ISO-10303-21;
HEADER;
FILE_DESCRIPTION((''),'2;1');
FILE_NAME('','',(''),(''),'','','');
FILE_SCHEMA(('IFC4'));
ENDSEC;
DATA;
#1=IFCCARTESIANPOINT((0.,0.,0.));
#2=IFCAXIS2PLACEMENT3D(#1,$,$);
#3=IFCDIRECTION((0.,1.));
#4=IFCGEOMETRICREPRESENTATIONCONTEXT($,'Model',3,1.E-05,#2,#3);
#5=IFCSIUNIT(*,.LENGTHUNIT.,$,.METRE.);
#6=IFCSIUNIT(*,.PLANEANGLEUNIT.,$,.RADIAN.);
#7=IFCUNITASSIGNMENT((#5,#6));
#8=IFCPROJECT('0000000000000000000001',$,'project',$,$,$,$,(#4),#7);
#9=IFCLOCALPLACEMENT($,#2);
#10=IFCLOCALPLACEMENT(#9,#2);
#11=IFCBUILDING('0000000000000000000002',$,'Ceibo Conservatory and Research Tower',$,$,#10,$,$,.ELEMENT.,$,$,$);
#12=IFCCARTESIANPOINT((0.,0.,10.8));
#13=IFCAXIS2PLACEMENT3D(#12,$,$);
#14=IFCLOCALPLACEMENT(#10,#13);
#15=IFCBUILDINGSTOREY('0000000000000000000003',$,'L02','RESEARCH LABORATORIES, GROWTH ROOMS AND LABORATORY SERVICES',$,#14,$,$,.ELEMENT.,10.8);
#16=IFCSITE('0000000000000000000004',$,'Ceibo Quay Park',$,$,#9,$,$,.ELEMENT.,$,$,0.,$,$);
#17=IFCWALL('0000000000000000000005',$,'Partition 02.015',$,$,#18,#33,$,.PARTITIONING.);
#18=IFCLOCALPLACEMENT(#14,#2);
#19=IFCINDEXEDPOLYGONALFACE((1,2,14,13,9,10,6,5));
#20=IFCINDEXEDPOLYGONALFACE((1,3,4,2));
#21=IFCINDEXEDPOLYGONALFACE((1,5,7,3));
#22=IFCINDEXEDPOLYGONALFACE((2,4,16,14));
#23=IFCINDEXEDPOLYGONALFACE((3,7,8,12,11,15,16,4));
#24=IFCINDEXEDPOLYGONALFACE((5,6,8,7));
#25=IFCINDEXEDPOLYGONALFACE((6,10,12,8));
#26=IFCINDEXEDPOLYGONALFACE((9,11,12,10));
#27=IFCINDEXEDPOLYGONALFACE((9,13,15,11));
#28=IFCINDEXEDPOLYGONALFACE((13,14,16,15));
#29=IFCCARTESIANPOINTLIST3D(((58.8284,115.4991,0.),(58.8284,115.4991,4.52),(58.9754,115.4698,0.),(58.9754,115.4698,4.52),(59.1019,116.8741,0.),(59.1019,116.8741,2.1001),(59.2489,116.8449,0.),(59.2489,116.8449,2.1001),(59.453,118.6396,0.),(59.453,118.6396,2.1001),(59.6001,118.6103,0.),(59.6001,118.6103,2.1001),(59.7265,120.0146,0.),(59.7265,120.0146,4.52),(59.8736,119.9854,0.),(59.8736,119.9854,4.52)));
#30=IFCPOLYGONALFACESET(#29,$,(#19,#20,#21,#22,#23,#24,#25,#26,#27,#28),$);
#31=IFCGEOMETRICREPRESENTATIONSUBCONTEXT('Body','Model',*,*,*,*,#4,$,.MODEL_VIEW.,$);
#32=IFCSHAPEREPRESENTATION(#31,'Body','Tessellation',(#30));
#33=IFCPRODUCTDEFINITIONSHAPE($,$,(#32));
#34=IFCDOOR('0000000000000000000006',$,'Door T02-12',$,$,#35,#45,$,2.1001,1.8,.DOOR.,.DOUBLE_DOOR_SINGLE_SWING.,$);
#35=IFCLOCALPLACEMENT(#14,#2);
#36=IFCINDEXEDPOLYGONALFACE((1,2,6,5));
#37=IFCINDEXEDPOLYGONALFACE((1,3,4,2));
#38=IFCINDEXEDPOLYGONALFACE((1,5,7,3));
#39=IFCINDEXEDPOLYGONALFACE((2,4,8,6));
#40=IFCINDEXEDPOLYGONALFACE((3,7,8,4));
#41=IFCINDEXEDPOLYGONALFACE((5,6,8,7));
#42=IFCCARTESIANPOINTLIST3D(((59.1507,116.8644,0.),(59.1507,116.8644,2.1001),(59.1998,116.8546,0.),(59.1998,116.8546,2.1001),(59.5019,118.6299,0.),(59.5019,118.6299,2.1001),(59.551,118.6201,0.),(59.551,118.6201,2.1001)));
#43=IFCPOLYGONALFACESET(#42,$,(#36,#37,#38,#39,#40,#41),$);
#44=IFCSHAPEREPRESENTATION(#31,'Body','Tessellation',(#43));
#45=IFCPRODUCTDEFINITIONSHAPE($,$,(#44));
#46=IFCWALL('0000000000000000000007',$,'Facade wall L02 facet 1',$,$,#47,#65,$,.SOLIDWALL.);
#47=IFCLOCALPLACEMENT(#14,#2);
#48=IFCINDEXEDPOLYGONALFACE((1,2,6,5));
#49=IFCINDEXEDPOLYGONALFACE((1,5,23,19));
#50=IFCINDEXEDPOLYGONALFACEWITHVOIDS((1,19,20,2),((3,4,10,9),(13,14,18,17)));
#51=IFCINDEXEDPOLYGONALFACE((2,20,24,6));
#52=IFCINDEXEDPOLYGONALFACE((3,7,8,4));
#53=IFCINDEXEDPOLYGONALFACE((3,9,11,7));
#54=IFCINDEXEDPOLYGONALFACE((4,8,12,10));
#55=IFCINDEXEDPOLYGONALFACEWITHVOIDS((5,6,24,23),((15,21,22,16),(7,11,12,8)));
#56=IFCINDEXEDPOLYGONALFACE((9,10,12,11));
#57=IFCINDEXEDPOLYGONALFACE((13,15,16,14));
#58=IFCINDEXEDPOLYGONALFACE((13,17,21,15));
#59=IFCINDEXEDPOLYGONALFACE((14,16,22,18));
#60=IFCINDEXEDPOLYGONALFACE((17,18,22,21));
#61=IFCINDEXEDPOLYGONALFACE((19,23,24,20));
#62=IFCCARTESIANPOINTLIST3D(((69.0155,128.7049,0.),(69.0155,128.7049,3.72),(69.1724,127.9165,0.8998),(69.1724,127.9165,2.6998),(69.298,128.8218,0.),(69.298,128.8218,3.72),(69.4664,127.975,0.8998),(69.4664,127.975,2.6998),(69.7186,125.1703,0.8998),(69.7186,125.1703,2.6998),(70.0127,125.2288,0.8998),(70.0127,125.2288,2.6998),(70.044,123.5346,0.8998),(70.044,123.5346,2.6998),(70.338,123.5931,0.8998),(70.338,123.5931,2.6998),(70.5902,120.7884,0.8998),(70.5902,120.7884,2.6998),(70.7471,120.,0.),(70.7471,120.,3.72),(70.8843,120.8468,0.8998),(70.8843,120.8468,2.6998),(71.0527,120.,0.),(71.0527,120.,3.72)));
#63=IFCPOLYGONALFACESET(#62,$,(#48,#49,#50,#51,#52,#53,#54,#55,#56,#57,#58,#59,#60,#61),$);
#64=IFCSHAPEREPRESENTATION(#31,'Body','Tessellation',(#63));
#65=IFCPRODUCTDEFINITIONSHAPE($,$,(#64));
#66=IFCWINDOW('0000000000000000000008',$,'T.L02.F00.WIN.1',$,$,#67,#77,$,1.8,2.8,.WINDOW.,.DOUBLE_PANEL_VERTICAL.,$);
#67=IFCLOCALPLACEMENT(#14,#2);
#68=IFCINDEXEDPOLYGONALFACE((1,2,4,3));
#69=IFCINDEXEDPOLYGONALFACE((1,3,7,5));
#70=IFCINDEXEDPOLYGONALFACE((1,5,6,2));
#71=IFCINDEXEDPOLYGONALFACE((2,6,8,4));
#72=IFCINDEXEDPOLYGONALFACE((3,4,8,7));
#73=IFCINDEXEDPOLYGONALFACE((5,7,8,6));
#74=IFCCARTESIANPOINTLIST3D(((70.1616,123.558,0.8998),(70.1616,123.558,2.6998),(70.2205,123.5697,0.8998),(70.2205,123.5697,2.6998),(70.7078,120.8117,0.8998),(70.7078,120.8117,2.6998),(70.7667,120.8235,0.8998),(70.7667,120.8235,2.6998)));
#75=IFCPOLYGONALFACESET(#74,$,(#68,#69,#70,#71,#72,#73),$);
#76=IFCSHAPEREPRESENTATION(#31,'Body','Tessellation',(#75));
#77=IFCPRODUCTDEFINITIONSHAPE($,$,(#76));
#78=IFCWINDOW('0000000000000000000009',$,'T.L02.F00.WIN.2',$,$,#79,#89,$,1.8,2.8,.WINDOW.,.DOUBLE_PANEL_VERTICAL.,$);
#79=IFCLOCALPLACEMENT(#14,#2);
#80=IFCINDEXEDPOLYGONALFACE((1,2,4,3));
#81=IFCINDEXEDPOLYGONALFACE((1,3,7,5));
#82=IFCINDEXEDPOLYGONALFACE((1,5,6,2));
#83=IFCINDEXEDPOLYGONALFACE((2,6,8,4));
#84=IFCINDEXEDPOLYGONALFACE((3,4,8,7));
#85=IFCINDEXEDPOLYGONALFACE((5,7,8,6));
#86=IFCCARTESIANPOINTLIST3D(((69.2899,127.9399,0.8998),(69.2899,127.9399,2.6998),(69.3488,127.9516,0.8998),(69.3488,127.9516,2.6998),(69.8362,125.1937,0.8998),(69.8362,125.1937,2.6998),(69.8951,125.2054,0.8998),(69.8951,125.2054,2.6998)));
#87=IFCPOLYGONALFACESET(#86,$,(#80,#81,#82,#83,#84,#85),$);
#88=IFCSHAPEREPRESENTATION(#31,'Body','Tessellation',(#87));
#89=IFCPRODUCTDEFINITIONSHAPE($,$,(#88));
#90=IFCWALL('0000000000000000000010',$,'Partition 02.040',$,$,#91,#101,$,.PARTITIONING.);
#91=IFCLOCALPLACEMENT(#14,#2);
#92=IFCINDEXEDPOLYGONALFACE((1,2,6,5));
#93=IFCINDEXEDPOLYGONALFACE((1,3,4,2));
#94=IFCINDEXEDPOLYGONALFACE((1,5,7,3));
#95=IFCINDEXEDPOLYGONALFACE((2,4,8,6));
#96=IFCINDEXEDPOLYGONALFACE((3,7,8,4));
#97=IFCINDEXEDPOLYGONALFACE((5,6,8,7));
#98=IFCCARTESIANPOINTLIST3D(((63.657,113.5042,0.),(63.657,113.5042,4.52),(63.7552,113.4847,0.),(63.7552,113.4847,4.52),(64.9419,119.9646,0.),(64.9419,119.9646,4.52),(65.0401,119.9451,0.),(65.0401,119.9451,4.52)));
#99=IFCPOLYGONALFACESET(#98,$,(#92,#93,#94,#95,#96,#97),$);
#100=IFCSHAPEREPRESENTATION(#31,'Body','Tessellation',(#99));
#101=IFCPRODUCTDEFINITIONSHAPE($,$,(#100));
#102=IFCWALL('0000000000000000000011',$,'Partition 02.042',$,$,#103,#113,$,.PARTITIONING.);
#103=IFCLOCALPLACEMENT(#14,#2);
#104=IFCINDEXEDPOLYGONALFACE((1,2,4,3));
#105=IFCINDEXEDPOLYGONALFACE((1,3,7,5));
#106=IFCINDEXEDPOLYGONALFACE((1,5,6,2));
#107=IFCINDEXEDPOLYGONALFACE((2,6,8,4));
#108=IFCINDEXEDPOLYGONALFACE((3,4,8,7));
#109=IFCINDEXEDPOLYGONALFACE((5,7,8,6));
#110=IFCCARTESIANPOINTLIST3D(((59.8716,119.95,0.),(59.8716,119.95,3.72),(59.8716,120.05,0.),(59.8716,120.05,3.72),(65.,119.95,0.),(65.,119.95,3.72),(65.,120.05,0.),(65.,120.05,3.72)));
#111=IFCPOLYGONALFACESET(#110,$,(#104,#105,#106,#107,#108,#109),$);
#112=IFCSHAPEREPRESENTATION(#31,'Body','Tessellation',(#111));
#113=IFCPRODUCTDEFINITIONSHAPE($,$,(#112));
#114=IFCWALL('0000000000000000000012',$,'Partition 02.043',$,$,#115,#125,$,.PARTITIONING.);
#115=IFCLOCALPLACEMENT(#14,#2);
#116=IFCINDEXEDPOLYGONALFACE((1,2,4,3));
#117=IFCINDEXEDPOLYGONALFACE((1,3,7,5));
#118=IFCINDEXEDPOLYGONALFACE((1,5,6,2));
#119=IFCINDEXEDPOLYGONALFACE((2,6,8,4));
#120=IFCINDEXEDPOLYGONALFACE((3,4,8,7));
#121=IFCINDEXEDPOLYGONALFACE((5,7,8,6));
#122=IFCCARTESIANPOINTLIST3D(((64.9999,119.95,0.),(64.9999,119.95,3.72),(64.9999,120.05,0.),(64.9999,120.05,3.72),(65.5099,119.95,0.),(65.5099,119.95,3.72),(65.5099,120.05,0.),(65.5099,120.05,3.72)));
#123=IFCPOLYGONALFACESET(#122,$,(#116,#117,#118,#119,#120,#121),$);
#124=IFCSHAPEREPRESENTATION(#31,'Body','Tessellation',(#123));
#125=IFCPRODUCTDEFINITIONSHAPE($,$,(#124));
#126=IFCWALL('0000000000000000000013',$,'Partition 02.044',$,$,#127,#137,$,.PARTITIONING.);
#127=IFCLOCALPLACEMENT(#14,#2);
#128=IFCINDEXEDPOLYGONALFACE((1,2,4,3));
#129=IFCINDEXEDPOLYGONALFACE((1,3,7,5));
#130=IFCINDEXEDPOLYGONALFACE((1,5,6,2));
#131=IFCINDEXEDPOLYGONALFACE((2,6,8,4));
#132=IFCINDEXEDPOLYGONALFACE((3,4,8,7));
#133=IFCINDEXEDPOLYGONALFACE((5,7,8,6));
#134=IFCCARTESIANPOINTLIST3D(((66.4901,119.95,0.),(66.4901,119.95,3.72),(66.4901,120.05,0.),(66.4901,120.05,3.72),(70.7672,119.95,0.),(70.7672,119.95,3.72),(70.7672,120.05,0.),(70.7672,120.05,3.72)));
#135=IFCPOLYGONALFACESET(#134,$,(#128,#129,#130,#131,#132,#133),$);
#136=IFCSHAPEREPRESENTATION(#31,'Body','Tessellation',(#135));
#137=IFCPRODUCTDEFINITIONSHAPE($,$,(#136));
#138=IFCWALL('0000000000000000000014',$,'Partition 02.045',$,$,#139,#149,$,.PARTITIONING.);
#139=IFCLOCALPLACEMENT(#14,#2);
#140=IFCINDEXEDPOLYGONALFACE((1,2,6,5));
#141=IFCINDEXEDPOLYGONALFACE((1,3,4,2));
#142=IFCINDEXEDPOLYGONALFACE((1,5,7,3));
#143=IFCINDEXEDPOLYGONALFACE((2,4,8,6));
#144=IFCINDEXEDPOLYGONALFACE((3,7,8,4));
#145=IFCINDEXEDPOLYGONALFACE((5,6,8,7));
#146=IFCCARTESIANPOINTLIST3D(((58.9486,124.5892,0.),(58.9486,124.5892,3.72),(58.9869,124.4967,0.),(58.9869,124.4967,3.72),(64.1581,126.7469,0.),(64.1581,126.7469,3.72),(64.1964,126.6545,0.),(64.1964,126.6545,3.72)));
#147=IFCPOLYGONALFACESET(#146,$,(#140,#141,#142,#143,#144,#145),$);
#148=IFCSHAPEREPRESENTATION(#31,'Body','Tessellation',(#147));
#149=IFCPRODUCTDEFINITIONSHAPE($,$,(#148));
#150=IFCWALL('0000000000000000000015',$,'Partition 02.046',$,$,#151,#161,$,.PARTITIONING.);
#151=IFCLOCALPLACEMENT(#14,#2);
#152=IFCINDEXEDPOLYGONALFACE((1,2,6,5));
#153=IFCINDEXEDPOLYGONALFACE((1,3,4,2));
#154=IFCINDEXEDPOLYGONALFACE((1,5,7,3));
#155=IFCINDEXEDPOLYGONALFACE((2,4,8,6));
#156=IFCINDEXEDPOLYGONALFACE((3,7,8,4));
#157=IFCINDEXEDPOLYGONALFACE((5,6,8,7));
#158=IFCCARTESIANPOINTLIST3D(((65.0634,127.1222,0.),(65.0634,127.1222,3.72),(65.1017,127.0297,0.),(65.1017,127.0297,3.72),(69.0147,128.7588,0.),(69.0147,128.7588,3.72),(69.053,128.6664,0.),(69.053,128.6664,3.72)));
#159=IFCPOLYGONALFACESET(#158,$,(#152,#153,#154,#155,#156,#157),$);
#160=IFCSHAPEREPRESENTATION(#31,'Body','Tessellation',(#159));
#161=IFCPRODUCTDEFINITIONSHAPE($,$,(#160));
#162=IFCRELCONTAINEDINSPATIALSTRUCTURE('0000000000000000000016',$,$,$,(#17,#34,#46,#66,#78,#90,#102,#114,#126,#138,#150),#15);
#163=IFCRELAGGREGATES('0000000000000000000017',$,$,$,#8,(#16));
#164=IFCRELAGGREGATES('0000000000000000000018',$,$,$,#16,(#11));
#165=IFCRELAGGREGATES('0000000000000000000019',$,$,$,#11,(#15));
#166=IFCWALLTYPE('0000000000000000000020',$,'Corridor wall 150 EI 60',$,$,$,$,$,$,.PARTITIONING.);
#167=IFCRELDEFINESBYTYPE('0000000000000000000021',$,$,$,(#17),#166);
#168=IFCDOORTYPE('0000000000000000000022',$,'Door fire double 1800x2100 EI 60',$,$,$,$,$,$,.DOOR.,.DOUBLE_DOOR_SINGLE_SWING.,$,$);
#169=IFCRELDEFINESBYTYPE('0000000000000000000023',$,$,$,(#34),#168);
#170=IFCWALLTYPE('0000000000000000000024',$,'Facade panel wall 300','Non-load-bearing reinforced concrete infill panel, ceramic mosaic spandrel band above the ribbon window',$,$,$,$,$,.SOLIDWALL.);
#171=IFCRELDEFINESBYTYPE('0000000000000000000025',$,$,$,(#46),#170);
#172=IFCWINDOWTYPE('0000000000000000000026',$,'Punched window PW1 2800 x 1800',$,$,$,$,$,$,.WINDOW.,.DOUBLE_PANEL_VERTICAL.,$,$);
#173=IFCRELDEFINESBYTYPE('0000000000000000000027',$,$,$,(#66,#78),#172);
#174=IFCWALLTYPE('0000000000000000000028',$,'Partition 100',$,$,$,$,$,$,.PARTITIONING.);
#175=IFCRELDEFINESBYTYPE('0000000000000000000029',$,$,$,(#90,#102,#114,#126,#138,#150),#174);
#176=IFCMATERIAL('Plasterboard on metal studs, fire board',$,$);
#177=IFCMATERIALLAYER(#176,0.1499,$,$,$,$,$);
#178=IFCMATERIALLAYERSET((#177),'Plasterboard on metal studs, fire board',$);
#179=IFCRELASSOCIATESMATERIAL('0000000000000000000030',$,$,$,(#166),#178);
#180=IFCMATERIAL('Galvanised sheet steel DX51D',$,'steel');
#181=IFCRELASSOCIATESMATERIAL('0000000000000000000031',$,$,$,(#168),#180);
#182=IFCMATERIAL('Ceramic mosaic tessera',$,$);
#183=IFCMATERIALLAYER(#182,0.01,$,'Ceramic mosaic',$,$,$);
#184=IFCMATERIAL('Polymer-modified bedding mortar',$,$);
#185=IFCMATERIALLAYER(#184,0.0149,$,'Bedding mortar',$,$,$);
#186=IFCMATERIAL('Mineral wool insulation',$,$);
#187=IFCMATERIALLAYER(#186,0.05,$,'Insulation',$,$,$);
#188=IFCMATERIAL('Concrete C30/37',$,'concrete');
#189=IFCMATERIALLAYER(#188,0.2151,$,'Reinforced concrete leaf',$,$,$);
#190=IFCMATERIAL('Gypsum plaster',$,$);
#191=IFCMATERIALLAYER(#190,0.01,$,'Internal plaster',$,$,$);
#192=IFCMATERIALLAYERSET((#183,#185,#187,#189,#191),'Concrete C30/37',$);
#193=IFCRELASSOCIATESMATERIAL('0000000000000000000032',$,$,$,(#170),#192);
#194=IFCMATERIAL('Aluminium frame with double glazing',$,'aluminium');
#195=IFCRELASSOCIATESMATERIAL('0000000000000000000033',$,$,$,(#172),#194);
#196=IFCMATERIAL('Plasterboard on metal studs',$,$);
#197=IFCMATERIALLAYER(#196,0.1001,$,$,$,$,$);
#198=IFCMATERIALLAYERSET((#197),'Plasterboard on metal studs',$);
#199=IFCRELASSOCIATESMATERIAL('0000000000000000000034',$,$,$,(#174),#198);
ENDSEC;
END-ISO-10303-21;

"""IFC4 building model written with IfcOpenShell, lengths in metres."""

from ifc_helpers import new_model, si_unit, direction, frame, frame_2d, origin, place, context, subcontext, project, spatial, polyline, rectangle, outline, extrude, material, layer, layer_set, type_object, element, fill, save


model = new_model("IFC4")

# Units and contexts
model_context = context("Model", 3, precision=1e-05, world=origin(), true_north=direction((0.0, 1.0)))
body_context = subcontext(model_context, "Body", "Model", "MODEL_VIEW")
ifc_project = project(units=[si_unit("LENGTHUNIT", "METRE"), si_unit("PLANEANGLEUNIT", "RADIAN")], contexts=[model_context])

# Site, building, storey
site_placement = place(None, origin())
site = spatial("IfcSite", under=ifc_project, at=site_placement, Name="Ceibo Quay Park", CompositionType="ELEMENT", RefElevation=0.0)
building_placement = place(site_placement, origin())
building = spatial("IfcBuilding", under=site, at=building_placement, Name="Ceibo Conservatory and Research Tower", CompositionType="ELEMENT")
storey_placement = place(building_placement, frame((0.0, 0.0, 10.8)))
storey = spatial("IfcBuildingStorey", under=building, at=storey_placement, Name="L02", Description="RESEARCH LABORATORIES, GROWTH ROOMS AND LABORATORY SERVICES", CompositionType="ELEMENT", Elevation=10.8)

# Wall, opening, door
ifc_material_1 = material(Name="Plasterboard on metal studs, fire board")
ifc_layer_1 = layer(ifc_material_1, 0.1499)
ifc_layer_set_1 = layer_set([ifc_layer_1], Name="Plasterboard on metal studs, fire board")
wall_type_1 = type_object("IfcWallType", Name="Corridor wall 150 EI 60", PredefinedType="PARTITIONING", material=ifc_layer_set_1)
wall_1_placement = place(storey_placement, frame((59.8, 120.0, 0.0), z_axis=(0.0, 0.0, 1.0), x_axis=(-0.195086, -0.980786, 0.0)))
wall_1 = element("IfcWall", 1, at=wall_1_placement, inside=storey, type_object=wall_type_1, Name="Partition 02.015", PredefinedType="PARTITIONING", context=body_context, shape_type="SweptSolid", body=[
    extrude(rectangle(XDim=4.604, YDim=0.1499, at=frame_2d((2.302, 0.0))), origin(), (0.0, 0.0, 1.0), 4.52),
])
opening_1_placement = place(wall_1_placement, frame((1.4021, 0.0, 0.0)))
opening_1 = element("IfcOpeningElement", 2, at=opening_1_placement, cuts=wall_1, PredefinedType="OPENING", context=body_context, shape_type="SweptSolid", body=[
    extrude(rectangle(XDim=1.8, YDim=2.1001, at=frame_2d((0.8999, 1.05))), frame((0.0, 0.085, 0.0), z_axis=(0.0, -1.0, 0.0), x_axis=(1.0, 0.0, 0.0)), (0.0, 0.0, 1.0), 0.1699),
])
ifc_material_2 = material(Name="Galvanised sheet steel DX51D", Category="steel")
door_type = type_object("IfcDoorType", Name="Door fire double 1800x2100 EI 60", OperationType="DOUBLE_DOOR_SINGLE_SWING", PredefinedType="DOOR", material=ifc_material_2)
door_placement = place(opening_1_placement, origin())
door = element("IfcDoor", 3, at=door_placement, inside=storey, type_object=door_type, Name="Door T02-12", OperationType="DOUBLE_DOOR_SINGLE_SWING", OverallHeight=2.1001, OverallWidth=1.8, PredefinedType="DOOR", context=body_context, shape_type="SweptSolid", body=[
    extrude(rectangle(XDim=1.8, YDim=2.1001, at=frame_2d((0.8999, 1.05))), frame((0.0, 0.0249, 0.0), z_axis=(0.0, -1.0, 0.0), x_axis=(1.0, 0.0, 0.0)), (0.0, 0.0, 1.0), 0.05),
])
fill(opening_1, door)

# Wall, openings, windows
ifc_material_3 = material(Name="Ceramic mosaic tessera")
ifc_layer_2 = layer(ifc_material_3, 0.01, Name="Ceramic mosaic")
ifc_material_4 = material(Name="Polymer-modified bedding mortar")
ifc_layer_3 = layer(ifc_material_4, 0.0149, Name="Bedding mortar")
ifc_material_5 = material(Name="Mineral wool insulation")
ifc_layer_4 = layer(ifc_material_5, 0.05, Name="Insulation")
ifc_material_6 = material(Name="Concrete C30/37", Category="concrete")
ifc_layer_5 = layer(ifc_material_6, 0.2151, Name="Reinforced concrete leaf")
ifc_material_7 = material(Name="Gypsum plaster")
ifc_layer_6 = layer(ifc_material_7, 0.01, Name="Internal plaster")
ifc_layer_set_2 = layer_set([ifc_layer_2, ifc_layer_3, ifc_layer_4, ifc_layer_5, ifc_layer_6], Name="Concrete C30/37")
wall_type_2 = type_object("IfcWallType", Name="Facade panel wall 300", Description="Non-load-bearing reinforced concrete infill panel, ceramic mosaic spandrel band above the ribbon window", PredefinedType="SOLIDWALL", material=ifc_layer_set_2)
wall_2_placement = place(storey_placement, frame((70.8999, 120.0, 0.0), z_axis=(0.0, 0.0, 1.0), x_axis=(-0.195091, 0.980785, 0.0)))
wall_2 = element("IfcWall", 4, at=wall_2_placement, inside=storey, type_object=wall_type_2, Name="Facade wall L02 facet 1", PredefinedType="SOLIDWALL", context=body_context, shape_type="SweptSolid", body=[
    extrude(outline(polyline([(-0.0298, -0.1499), (8.9648, -0.1499), (8.9053, 0.1499), (0.0298, 0.1499), (-0.0298, -0.1499)])), origin(), (0.0, 0.0, 1.0), 3.72),
])
opening_2_placement = place(wall_2_placement, frame((0.8337, 0.0, 0.8999)))
opening_2 = element("IfcOpeningElement", 5, at=opening_2_placement, cuts=wall_2, PredefinedType="OPENING", context=body_context, shape_type="SweptSolid", body=[
    extrude(rectangle(XDim=2.8, YDim=1.8, at=frame_2d((1.3999, 0.8999))), frame((0.0, 0.1599, 0.0), z_axis=(0.0, -1.0, 0.0), x_axis=(1.0, 0.0, 0.0)), (0.0, 0.0, 1.0), 0.3201),
])
opening_3_placement = place(wall_2_placement, frame((5.3015, 0.0, 0.8999)))
opening_3 = element("IfcOpeningElement", 6, at=opening_3_placement, cuts=wall_2, PredefinedType="OPENING", context=body_context, shape_type="SweptSolid", body=[
    extrude(rectangle(XDim=2.8, YDim=1.8, at=frame_2d((1.3999, 0.8999))), frame((0.0, 0.1599, 0.0), z_axis=(0.0, -1.0, 0.0), x_axis=(1.0, 0.0, 0.0)), (0.0, 0.0, 1.0), 0.3201),
])
ifc_material_8 = material(Name="Aluminium frame with double glazing", Category="aluminium")
window_type = type_object("IfcWindowType", Name="Punched window PW1 2800 x 1800", PartitioningType="DOUBLE_PANEL_VERTICAL", PredefinedType="WINDOW", material=ifc_material_8)
window_1_placement = place(opening_2_placement, origin())
window_1 = element("IfcWindow", 7, at=window_1_placement, inside=storey, type_object=window_type, Name="T.L02.F00.WIN.1", OverallHeight=1.8, OverallWidth=2.8, PartitioningType="DOUBLE_PANEL_VERTICAL", PredefinedType="WINDOW", context=body_context, shape_type="SweptSolid", body=[
    extrude(rectangle(XDim=2.8, YDim=1.8, at=frame_2d((1.3999, 0.8999))), frame((0.0, 0.03, 0.0), z_axis=(0.0, -1.0, 0.0), x_axis=(1.0, 0.0, 0.0)), (0.0, 0.0, 1.0), 0.0601),
])
fill(opening_2, window_1)
window_2_placement = place(opening_3_placement, origin())
window_2 = element("IfcWindow", 8, at=window_2_placement, inside=storey, type_object=window_type, Name="T.L02.F00.WIN.2", OverallHeight=1.8, OverallWidth=2.8, PartitioningType="DOUBLE_PANEL_VERTICAL", PredefinedType="WINDOW", context=body_context, shape_type="SweptSolid", body=[
    extrude(rectangle(XDim=2.8, YDim=1.8, at=frame_2d((1.3999, 0.8999))), frame((0.0, 0.03, 0.0), z_axis=(0.0, -1.0, 0.0), x_axis=(1.0, 0.0, 0.0)), (0.0, 0.0, 1.0), 0.0601),
])
fill(opening_3, window_2)

# Walls
ifc_material_9 = material(Name="Plasterboard on metal studs")
ifc_layer_7 = layer(ifc_material_9, 0.1001)
ifc_layer_set_3 = layer_set([ifc_layer_7], Name="Plasterboard on metal studs")
wall_type_3 = type_object("IfcWallType", Name="Partition 100", PredefinedType="PARTITIONING", material=ifc_layer_set_3)
wall_3_placement = place(storey_placement, frame((64.991, 119.9548, 0.0), z_axis=(0.0, 0.0, 1.0), x_axis=(-0.195068, -0.98079, 0.0)))
element("IfcWall", 9, at=wall_3_placement, inside=storey, type_object=wall_type_3, Name="Partition 02.040", PredefinedType="PARTITIONING", context=body_context, shape_type="SweptSolid", body=[
    extrude(rectangle(XDim=6.5869, YDim=0.1001, at=frame_2d((3.2935, 0.0))), origin(), (0.0, 0.0, 1.0), 4.52),
])
wall_4_placement = place(storey_placement, frame((59.8716, 120.0, 0.0), z_axis=(0.0, 0.0, 1.0), x_axis=(1.0, 0.0, 0.0)))
element("IfcWall", 10, at=wall_4_placement, inside=storey, type_object=wall_type_3, Name="Partition 02.042", PredefinedType="PARTITIONING", context=body_context, shape_type="SweptSolid", body=[
    extrude(rectangle(XDim=5.1284, YDim=0.1001, at=frame_2d((2.5642, 0.0))), origin(), (0.0, 0.0, 1.0), 3.72),
])
wall_5_placement = place(storey_placement, frame((65.0, 120.0, 0.0), z_axis=(0.0, 0.0, 1.0), x_axis=(1.0, 0.0, 0.0)))
element("IfcWall", 11, at=wall_5_placement, inside=storey, type_object=wall_type_3, Name="Partition 02.043", PredefinedType="PARTITIONING", context=body_context, shape_type="SweptSolid", body=[
    extrude(rectangle(XDim=0.51, YDim=0.1001, at=frame_2d((0.2549, 0.0))), origin(), (0.0, 0.0, 1.0), 3.72),
])
wall_6_placement = place(storey_placement, frame((66.49, 120.0, 0.0), z_axis=(0.0, 0.0, 1.0), x_axis=(1.0, 0.0, 0.0)))
element("IfcWall", 12, at=wall_6_placement, inside=storey, type_object=wall_type_3, Name="Partition 02.044", PredefinedType="PARTITIONING", context=body_context, shape_type="SweptSolid", body=[
    extrude(rectangle(XDim=4.2771, YDim=0.1001, at=frame_2d((2.1387, 0.0))), origin(), (0.0, 0.0, 1.0), 3.72),
])
wall_7_placement = place(storey_placement, frame((58.9678, 124.543, 0.0), z_axis=(0.0, 0.0, 1.0), x_axis=(0.923887, 0.382665, 0.0)))
element("IfcWall", 13, at=wall_7_placement, inside=storey, type_object=wall_type_3, Name="Partition 02.045", PredefinedType="PARTITIONING", context=body_context, shape_type="SweptSolid", body=[
    extrude(rectangle(XDim=5.6387, YDim=0.1001, at=frame_2d((2.8193, 0.0))), origin(), (0.0, 0.0, 1.0), 3.72),
])
wall_8_placement = place(storey_placement, frame((65.0825, 127.0759, 0.0), z_axis=(0.0, 0.0, 1.0), x_axis=(0.92388, 0.382681, 0.0)))
element("IfcWall", 14, at=wall_8_placement, inside=storey, type_object=wall_type_3, Name="Partition 02.046", PredefinedType="PARTITIONING", context=body_context, shape_type="SweptSolid", body=[
    extrude(rectangle(XDim=4.2769, YDim=0.1001, at=frame_2d((2.1384, 0.0))), origin(), (0.0, 0.0, 1.0), 3.72),
])

save(model, "model.ifc")
